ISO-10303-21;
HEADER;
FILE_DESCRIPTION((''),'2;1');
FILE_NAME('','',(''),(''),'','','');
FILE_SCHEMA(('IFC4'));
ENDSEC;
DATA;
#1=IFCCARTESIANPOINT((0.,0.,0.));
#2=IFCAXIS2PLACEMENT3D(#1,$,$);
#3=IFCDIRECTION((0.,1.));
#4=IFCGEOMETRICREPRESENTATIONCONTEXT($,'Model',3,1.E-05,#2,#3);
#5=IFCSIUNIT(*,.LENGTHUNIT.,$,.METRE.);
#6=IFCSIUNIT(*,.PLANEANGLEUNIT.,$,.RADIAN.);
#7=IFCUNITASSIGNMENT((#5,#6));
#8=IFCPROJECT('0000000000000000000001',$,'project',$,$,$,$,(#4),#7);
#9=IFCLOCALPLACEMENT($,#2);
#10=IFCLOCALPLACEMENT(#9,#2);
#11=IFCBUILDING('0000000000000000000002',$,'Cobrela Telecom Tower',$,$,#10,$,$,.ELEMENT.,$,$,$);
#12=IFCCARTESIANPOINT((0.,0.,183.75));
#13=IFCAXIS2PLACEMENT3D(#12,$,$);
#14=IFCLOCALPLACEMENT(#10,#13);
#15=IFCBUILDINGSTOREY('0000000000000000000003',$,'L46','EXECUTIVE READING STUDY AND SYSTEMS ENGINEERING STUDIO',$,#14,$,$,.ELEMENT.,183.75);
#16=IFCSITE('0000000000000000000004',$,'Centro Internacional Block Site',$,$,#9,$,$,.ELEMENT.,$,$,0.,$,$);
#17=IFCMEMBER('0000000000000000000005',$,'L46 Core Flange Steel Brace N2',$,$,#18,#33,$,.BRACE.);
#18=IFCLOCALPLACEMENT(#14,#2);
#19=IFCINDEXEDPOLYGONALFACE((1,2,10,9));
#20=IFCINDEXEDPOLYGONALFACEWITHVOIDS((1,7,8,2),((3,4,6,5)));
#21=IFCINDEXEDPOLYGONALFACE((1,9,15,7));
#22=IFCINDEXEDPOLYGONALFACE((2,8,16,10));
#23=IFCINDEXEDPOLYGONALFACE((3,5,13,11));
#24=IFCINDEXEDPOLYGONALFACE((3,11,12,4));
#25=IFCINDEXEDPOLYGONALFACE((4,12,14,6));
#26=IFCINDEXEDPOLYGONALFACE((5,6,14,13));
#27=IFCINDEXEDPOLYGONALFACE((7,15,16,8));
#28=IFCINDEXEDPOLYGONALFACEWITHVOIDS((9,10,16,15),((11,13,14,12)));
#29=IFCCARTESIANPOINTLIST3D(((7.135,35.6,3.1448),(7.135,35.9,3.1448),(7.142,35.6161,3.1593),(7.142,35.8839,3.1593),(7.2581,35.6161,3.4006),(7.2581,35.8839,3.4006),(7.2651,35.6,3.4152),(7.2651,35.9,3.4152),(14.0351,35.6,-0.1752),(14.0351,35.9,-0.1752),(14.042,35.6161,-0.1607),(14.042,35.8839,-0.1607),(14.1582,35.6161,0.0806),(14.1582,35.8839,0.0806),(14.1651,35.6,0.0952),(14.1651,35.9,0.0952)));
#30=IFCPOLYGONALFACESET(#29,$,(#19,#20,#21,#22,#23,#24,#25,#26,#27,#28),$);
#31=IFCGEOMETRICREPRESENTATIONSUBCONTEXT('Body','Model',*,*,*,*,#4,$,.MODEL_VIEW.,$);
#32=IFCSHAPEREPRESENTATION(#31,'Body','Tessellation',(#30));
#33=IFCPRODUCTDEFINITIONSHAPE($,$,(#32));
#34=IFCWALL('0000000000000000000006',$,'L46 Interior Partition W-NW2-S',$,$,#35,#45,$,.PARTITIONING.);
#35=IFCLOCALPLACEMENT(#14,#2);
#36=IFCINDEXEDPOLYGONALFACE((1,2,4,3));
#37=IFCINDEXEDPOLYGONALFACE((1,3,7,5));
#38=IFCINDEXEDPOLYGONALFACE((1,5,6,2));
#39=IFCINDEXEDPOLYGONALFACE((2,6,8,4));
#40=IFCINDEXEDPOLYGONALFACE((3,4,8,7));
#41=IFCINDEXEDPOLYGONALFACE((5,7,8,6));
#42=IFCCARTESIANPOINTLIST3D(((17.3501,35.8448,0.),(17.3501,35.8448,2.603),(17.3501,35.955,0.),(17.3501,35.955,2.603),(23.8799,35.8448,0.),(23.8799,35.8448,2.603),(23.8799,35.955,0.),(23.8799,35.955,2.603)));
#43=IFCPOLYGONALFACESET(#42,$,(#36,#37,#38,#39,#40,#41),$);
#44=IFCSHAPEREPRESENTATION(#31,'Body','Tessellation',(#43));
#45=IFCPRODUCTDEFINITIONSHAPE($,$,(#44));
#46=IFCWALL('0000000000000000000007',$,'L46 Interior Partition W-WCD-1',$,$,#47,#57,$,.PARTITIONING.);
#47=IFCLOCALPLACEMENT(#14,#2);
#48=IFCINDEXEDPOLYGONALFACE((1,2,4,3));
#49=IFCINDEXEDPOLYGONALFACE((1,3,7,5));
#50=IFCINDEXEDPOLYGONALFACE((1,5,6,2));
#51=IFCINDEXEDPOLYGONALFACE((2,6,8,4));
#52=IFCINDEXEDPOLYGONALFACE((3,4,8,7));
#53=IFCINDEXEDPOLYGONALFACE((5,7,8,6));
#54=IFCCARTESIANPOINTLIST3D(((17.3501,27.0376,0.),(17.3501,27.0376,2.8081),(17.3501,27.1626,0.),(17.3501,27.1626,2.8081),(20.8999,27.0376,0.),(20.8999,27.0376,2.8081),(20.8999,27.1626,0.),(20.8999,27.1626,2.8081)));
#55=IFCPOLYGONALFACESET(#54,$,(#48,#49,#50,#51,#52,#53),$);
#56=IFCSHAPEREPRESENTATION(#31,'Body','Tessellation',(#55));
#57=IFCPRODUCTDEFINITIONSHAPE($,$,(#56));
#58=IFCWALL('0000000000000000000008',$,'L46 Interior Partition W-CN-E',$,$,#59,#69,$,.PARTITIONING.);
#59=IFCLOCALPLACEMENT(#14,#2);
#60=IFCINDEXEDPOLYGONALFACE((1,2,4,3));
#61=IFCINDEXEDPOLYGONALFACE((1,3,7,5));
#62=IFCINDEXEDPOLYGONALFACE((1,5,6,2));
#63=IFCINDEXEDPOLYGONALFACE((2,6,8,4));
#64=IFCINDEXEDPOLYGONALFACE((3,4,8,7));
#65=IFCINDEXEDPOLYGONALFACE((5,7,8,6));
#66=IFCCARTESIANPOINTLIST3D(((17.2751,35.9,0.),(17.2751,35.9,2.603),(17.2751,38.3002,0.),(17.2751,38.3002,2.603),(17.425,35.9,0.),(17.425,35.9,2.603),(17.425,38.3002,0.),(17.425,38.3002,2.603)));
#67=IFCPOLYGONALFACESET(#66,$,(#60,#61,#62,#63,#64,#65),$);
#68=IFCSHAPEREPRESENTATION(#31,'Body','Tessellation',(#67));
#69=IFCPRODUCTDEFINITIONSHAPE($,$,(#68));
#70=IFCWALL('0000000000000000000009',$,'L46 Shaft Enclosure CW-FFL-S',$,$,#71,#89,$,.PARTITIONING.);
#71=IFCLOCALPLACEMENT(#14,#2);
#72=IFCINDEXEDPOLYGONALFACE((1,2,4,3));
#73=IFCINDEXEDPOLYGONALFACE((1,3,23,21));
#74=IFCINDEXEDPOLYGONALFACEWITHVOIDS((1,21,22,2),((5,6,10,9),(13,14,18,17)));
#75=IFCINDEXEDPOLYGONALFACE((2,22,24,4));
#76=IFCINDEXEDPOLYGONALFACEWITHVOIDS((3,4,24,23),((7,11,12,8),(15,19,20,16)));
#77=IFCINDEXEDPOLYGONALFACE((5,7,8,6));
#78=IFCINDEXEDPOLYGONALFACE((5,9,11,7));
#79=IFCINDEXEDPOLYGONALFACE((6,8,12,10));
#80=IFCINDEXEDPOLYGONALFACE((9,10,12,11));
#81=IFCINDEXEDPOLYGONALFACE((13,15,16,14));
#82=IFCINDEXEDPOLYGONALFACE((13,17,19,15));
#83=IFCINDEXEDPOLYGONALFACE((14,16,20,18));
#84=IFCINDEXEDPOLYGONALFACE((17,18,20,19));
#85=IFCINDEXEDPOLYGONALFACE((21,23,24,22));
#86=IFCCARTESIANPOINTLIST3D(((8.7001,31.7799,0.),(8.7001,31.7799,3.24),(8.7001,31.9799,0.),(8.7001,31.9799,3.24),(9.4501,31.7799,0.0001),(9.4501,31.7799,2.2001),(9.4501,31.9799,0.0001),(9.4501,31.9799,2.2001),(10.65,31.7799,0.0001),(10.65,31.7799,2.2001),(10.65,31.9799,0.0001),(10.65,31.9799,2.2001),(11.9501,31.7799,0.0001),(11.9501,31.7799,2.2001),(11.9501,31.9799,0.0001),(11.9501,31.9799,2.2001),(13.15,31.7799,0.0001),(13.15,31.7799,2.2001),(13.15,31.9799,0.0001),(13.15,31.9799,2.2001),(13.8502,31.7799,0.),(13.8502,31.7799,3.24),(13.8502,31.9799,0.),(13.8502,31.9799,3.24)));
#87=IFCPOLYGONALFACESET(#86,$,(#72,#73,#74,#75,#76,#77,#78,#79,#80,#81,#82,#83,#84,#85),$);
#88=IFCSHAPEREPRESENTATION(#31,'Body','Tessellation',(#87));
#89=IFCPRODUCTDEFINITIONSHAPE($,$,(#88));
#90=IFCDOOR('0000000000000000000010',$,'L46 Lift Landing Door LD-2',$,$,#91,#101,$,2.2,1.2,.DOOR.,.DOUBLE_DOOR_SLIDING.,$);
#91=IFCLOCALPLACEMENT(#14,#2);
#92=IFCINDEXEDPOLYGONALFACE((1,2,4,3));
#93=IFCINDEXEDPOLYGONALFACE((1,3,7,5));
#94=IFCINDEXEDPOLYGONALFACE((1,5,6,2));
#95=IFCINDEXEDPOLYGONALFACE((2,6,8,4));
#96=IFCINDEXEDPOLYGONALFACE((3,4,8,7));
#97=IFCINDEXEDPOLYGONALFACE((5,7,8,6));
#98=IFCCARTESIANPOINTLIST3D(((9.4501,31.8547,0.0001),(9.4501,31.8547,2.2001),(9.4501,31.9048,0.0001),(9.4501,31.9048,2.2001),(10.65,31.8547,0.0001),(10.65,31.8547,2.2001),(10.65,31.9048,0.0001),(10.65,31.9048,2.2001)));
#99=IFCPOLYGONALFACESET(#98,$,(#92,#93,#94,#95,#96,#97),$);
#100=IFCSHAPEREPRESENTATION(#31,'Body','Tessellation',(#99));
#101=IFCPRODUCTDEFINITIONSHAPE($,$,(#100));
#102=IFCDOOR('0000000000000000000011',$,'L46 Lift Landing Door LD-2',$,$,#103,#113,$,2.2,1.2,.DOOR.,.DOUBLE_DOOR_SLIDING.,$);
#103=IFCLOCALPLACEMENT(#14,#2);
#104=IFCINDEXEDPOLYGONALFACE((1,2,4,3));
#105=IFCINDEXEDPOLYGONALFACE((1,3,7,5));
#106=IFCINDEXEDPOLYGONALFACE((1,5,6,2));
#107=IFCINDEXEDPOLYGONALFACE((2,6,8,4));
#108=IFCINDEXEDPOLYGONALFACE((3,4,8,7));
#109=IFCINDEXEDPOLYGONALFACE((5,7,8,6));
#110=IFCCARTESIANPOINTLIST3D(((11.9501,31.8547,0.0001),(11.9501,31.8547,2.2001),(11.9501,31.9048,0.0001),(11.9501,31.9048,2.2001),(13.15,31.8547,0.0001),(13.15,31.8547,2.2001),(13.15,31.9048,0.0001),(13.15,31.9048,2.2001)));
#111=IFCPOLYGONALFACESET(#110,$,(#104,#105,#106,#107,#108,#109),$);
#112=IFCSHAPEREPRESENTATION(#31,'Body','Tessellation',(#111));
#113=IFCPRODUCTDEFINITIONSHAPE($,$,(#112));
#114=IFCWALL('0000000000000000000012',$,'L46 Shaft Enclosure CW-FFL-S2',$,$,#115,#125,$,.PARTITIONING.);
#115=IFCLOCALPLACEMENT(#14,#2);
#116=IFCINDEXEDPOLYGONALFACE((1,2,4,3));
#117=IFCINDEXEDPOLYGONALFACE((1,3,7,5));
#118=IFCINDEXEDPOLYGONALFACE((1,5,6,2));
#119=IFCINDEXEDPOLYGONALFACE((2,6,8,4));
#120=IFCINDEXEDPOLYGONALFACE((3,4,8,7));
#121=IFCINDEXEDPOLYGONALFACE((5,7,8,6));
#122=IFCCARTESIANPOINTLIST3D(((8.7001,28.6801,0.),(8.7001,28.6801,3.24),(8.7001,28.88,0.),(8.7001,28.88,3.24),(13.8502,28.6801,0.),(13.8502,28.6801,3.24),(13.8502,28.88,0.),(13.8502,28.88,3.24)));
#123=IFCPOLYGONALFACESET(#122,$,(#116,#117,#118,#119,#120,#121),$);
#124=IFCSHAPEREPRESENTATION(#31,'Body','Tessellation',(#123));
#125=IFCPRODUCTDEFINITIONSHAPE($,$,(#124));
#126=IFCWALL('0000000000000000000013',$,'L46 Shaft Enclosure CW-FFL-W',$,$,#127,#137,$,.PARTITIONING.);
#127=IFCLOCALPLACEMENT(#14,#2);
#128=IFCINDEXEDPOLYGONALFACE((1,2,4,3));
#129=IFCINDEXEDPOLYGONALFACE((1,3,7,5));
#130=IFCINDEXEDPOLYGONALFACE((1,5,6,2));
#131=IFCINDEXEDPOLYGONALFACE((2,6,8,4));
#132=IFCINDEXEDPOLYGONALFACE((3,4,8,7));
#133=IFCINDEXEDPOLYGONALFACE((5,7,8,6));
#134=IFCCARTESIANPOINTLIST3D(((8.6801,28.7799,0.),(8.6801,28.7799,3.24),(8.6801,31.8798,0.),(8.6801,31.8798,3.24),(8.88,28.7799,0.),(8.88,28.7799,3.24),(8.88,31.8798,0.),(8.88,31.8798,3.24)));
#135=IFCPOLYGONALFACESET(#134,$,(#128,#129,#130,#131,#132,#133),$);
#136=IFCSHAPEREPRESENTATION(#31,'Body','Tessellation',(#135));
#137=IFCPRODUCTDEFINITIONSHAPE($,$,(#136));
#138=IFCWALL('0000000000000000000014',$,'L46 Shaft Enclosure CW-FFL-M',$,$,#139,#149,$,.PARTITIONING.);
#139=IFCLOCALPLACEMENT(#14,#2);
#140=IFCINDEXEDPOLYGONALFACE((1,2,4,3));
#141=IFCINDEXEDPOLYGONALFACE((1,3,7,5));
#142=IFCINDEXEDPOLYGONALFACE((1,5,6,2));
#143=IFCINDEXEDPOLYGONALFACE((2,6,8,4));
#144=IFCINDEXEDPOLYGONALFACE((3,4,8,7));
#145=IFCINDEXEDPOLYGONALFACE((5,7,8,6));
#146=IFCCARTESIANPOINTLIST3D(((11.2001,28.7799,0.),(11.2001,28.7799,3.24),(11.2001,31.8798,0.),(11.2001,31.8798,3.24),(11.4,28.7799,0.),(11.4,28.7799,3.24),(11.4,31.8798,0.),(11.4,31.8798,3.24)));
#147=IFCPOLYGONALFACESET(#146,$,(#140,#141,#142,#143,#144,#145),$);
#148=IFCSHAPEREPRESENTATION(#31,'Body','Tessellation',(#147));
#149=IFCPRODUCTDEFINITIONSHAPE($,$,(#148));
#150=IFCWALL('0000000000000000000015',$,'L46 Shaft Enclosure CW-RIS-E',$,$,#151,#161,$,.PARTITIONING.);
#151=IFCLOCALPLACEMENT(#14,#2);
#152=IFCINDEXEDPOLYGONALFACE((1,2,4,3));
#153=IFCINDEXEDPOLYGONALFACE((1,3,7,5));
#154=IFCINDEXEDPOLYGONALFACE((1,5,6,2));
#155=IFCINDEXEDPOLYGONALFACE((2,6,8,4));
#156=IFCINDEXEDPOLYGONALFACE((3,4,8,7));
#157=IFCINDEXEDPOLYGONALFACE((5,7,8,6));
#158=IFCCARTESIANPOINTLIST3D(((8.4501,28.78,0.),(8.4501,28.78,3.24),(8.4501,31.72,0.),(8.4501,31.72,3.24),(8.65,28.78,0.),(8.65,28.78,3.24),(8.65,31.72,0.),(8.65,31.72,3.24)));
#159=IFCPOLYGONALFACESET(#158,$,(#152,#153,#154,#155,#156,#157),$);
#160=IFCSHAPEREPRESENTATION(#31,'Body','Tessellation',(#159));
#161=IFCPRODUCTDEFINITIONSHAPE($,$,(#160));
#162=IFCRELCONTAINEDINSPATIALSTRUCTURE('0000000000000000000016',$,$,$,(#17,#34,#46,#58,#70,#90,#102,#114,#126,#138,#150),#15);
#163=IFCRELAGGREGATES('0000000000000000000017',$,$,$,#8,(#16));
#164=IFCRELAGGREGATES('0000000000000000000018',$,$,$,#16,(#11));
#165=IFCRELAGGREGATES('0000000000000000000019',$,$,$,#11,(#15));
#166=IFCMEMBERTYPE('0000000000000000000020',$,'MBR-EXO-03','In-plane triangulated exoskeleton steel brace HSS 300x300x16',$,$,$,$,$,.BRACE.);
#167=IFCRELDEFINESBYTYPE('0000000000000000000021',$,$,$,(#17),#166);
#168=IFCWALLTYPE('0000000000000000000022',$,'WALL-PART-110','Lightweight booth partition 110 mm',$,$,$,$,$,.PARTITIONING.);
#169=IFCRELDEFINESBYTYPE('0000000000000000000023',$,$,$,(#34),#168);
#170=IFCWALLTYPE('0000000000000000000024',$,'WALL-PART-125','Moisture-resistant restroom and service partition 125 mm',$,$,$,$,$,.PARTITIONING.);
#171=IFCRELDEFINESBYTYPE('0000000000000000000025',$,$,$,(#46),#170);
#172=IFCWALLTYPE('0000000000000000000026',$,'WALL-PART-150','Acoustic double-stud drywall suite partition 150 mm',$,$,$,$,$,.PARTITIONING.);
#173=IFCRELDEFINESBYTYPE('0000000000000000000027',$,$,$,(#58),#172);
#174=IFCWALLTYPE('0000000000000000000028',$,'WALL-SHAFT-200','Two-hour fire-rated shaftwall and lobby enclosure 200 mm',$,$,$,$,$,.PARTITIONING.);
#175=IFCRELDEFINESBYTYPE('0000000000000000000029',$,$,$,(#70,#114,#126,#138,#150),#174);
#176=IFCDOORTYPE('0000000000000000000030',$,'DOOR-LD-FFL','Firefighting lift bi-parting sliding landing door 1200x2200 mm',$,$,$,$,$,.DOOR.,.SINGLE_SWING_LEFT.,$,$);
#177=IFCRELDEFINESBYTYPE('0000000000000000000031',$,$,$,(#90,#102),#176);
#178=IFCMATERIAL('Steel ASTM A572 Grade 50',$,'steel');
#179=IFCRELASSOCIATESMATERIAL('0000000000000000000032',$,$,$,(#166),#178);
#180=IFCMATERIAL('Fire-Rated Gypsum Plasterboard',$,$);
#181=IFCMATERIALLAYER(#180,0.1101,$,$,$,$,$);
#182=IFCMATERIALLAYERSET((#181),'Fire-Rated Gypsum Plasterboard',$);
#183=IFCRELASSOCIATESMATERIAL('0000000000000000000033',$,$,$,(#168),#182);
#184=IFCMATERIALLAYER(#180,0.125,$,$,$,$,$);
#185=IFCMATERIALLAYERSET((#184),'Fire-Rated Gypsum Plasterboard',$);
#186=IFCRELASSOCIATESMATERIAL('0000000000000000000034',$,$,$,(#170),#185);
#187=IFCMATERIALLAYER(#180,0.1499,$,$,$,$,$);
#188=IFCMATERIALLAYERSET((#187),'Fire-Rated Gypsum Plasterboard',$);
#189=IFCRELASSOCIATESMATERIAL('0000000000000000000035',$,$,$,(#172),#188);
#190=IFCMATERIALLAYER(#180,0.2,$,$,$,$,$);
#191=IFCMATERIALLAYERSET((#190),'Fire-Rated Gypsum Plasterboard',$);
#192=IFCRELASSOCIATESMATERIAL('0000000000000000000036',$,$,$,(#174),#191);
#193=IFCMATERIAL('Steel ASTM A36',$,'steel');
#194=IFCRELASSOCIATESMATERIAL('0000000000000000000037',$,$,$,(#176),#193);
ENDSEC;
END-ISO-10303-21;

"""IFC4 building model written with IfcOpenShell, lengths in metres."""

from ifc_helpers import new_model, si_unit, direction, frame, frame_2d, origin, origin_2d, place, context, subcontext, project, spatial, rectangle, hollow_rectangle, extrude, material, layer, layer_set, material_profile, profile_set, type_object, element, fill, save


model = new_model("IFC4")

# Units and contexts
model_context = context("Model", 3, precision=1e-05, world=origin(), true_north=direction((0.0, 1.0)))
body_context = subcontext(model_context, "Body", "Model", "MODEL_VIEW")
ifc_project = project(units=[si_unit("LENGTHUNIT", "METRE"), si_unit("PLANEANGLEUNIT", "RADIAN")], contexts=[model_context])

# Site, building, storey
site_placement = place(None, origin())
site = spatial("IfcSite", under=ifc_project, at=site_placement, Name="Centro Internacional Block Site", CompositionType="ELEMENT", RefElevation=0.0)
building_placement = place(site_placement, origin())
building = spatial("IfcBuilding", under=site, at=building_placement, Name="Cobrela Telecom Tower", CompositionType="ELEMENT")
storey_placement = place(building_placement, frame((0.0, 0.0, 183.75)))
storey = spatial("IfcBuildingStorey", under=building, at=storey_placement, Name="L46", Description="EXECUTIVE READING STUDY AND SYSTEMS ENGINEERING STUDIO", CompositionType="ELEMENT", Elevation=183.75)

# Member
ifc_material_1 = material(Name="Steel ASTM A572 Grade 50", Category="steel")
ifc_material_profile_1 = material_profile(ifc_material_1, hollow_rectangle(XDim=0.3, YDim=0.3, WallThickness=0.0161, at=origin_2d()), Name="HSS 300x300x16")
ifc_profile_set_1 = profile_set([ifc_material_profile_1], Name="Steel ASTM A572 Grade 50")
member_type = type_object("IfcMemberType", Name="MBR-EXO-03", Description="In-plane triangulated exoskeleton steel brace HSS 300x300x16", PredefinedType="BRACE", material=ifc_profile_set_1)
member_1_placement = place(storey_placement, frame((14.1001, 35.75, -0.04), z_axis=(-0.901115, 0.0, 0.43358), x_axis=(0.0, -1.0, 0.0)))
element("IfcMember", 1, at=member_1_placement, inside=storey, type_object=member_type, Name="L46 Core Flange Steel Brace N2", PredefinedType="BRACE", context=body_context, shape_type="SweptSolid", body=[
    extrude(hollow_rectangle(XDim=0.3, YDim=0.3, WallThickness=0.0161, at=origin_2d()), origin(), (0.0, 0.0, 1.0), 7.6572),
])

# Shared definitions
ifc_material_2 = material(Name="Steel ASTM A36", Category="steel")

# Walls
ifc_material_3 = material(Name="Fire-Rated Gypsum Plasterboard")
ifc_layer_1 = layer(ifc_material_3, 0.1101)
ifc_layer_set_1 = layer_set([ifc_layer_1], Name="Fire-Rated Gypsum Plasterboard")
wall_type_1 = type_object("IfcWallType", Name="WALL-PART-110", Description="Lightweight booth partition 110 mm", PredefinedType="PARTITIONING", material=ifc_layer_set_1)
wall_1_placement = place(storey_placement, frame((17.3501, 35.8999, 0.0), z_axis=(0.0, 0.0, 1.0), x_axis=(1.0, 0.0, 0.0)))
element("IfcWall", 2, at=wall_1_placement, inside=storey, type_object=wall_type_1, Name="L46 Interior Partition W-NW2-S", PredefinedType="PARTITIONING", context=body_context, shape_type="SweptSolid", body=[
    extrude(rectangle(XDim=6.5298, YDim=0.1101, at=frame_2d((3.2649, 0.0))), origin(), (0.0, 0.0, 1.0), 2.603),
])
ifc_layer_2 = layer(ifc_material_3, 0.125)
ifc_layer_set_2 = layer_set([ifc_layer_2], Name="Fire-Rated Gypsum Plasterboard")
wall_type_2 = type_object("IfcWallType", Name="WALL-PART-125", Description="Moisture-resistant restroom and service partition 125 mm", PredefinedType="PARTITIONING", material=ifc_layer_set_2)
wall_2_placement = place(storey_placement, frame((17.3501, 27.1001, 0.0), z_axis=(0.0, 0.0, 1.0), x_axis=(1.0, 0.0, 0.0)))
element("IfcWall", 3, at=wall_2_placement, inside=storey, type_object=wall_type_2, Name="L46 Interior Partition W-WCD-1", PredefinedType="PARTITIONING", context=body_context, shape_type="SweptSolid", body=[
    extrude(rectangle(XDim=3.5498, YDim=0.125, at=frame_2d((1.7749, 0.0))), origin(), (0.0, 0.0, 1.0), 2.8081),
])
ifc_layer_3 = layer(ifc_material_3, 0.1499)
ifc_layer_set_3 = layer_set([ifc_layer_3], Name="Fire-Rated Gypsum Plasterboard")
wall_type_3 = type_object("IfcWallType", Name="WALL-PART-150", Description="Acoustic double-stud drywall suite partition 150 mm", PredefinedType="PARTITIONING", material=ifc_layer_set_3)
wall_3_placement = place(storey_placement, frame((17.3501, 35.8999, 0.0), z_axis=(0.0, 0.0, 1.0), x_axis=(0.0, 1.0, 0.0)))
element("IfcWall", 4, at=wall_3_placement, inside=storey, type_object=wall_type_3, Name="L46 Interior Partition W-CN-E", PredefinedType="PARTITIONING", context=body_context, shape_type="SweptSolid", body=[
    extrude(rectangle(XDim=2.4001, YDim=0.1499, at=frame_2d((1.2002, 0.0))), origin(), (0.0, 0.0, 1.0), 2.603),
])

# Wall, openings, doors
ifc_layer_4 = layer(ifc_material_3, 0.2)
ifc_layer_set_4 = layer_set([ifc_layer_4], Name="Fire-Rated Gypsum Plasterboard")
wall_type_4 = type_object("IfcWallType", Name="WALL-SHAFT-200", Description="Two-hour fire-rated shaftwall and lobby enclosure 200 mm", PredefinedType="PARTITIONING", material=ifc_layer_set_4)
wall_4_placement = place(storey_placement, frame((8.7, 31.8799, 0.0), z_axis=(0.0, 0.0, 1.0), x_axis=(1.0, 0.0, 0.0)))
wall_4 = element("IfcWall", 5, at=wall_4_placement, inside=storey, type_object=wall_type_4, Name="L46 Shaft Enclosure CW-FFL-S", PredefinedType="PARTITIONING", context=body_context, shape_type="SweptSolid", body=[
    extrude(rectangle(XDim=5.1501, YDim=0.2, at=frame_2d((2.5752, 0.0))), origin(), (0.0, 0.0, 1.0), 3.24),
])
opening_1_placement = place(wall_4_placement, frame((0.75, 0.0, 0.0)))
opening_1 = element("IfcOpeningElement", 6, at=opening_1_placement, cuts=wall_4, PredefinedType="OPENING", context=body_context, shape_type="SweptSolid", body=[
    extrude(rectangle(XDim=1.2, YDim=2.2, at=frame_2d((0.6001, 1.1001))), frame((0.0, 0.1118, 0.0), z_axis=(0.0, -1.0, 0.0), x_axis=(1.0, 0.0, 0.0)), (0.0, 0.0, 1.0), 0.2239),
])
opening_2_placement = place(wall_4_placement, frame((3.25, 0.0, 0.0)))
opening_2 = element("IfcOpeningElement", 7, at=opening_2_placement, cuts=wall_4, PredefinedType="OPENING", context=body_context, shape_type="SweptSolid", body=[
    extrude(rectangle(XDim=1.2, YDim=2.2, at=frame_2d((0.6001, 1.1001))), frame((0.0, 0.1118, 0.0), z_axis=(0.0, -1.0, 0.0), x_axis=(1.0, 0.0, 0.0)), (0.0, 0.0, 1.0), 0.2239),
])
door_type_1 = type_object("IfcDoorType", Name="DOOR-LD-FFL", Description="Firefighting lift bi-parting sliding landing door 1200x2200 mm", OperationType="SINGLE_SWING_LEFT", PredefinedType="DOOR", material=ifc_material_2)
door_1_placement = place(opening_1_placement, origin())
door_1 = element("IfcDoor", 8, at=door_1_placement, inside=storey, type_object=door_type_1, Name="L46 Lift Landing Door LD-2", OperationType="DOUBLE_DOOR_SLIDING", OverallHeight=2.2, OverallWidth=1.2, PredefinedType="DOOR", context=body_context, shape_type="SweptSolid", body=[
    extrude(rectangle(XDim=1.2, YDim=2.2, at=frame_2d((0.6001, 1.1001))), frame((0.0, 0.0249, 0.0), z_axis=(0.0, -1.0, 0.0), x_axis=(1.0, 0.0, 0.0)), (0.0, 0.0, 1.0), 0.05),
])
fill(opening_1, door_1)
door_2_placement = place(opening_2_placement, origin())
door_2 = element("IfcDoor", 9, at=door_2_placement, inside=storey, type_object=door_type_1, Name="L46 Lift Landing Door LD-2", OperationType="DOUBLE_DOOR_SLIDING", OverallHeight=2.2, OverallWidth=1.2, PredefinedType="DOOR", context=body_context, shape_type="SweptSolid", body=[
    extrude(rectangle(XDim=1.2, YDim=2.2, at=frame_2d((0.6001, 1.1001))), frame((0.0, 0.0249, 0.0), z_axis=(0.0, -1.0, 0.0), x_axis=(1.0, 0.0, 0.0)), (0.0, 0.0, 1.0), 0.05),
])
fill(opening_2, door_2)

# Walls
wall_5_placement = place(storey_placement, frame((8.7, 28.78, 0.0), z_axis=(0.0, 0.0, 1.0), x_axis=(1.0, 0.0, 0.0)))
element("IfcWall", 10, at=wall_5_placement, inside=storey, type_object=wall_type_4, Name="L46 Shaft Enclosure CW-FFL-S2", PredefinedType="PARTITIONING", context=body_context, shape_type="SweptSolid", body=[
    extrude(rectangle(XDim=5.1501, YDim=0.2, at=frame_2d((2.5752, 0.0))), origin(), (0.0, 0.0, 1.0), 3.24),
])
for number, where, z_axis, x_axis, name in (
    (11, (8.78, 28.78, 0.0), (0.0, 0.0, 1.0), (0.0, 1.0, 0.0), "L46 Shaft Enclosure CW-FFL-W"),
    (12, (11.3, 28.78, 0.0), (0.0, 0.0, 1.0), (0.0, 1.0, 0.0), "L46 Shaft Enclosure CW-FFL-M"),
):
    element("IfcWall", number, at=place(storey_placement, frame(where, z_axis=z_axis, x_axis=x_axis)), inside=storey, type_object=wall_type_4, Name=name, PredefinedType="PARTITIONING", context=body_context, shape_type="SweptSolid", body=[
        extrude(rectangle(XDim=3.0999, YDim=0.2, at=frame_2d((1.5498, 0.0))), origin(), (0.0, 0.0, 1.0), 3.24),
    ])
wall_6_placement = place(storey_placement, frame((8.55, 28.78, 0.0), z_axis=(0.0, 0.0, 1.0), x_axis=(0.0, 1.0, 0.0)))
element("IfcWall", 13, at=wall_6_placement, inside=storey, type_object=wall_type_4, Name="L46 Shaft Enclosure CW-RIS-E", PredefinedType="PARTITIONING", context=body_context, shape_type="SweptSolid", body=[
    extrude(rectangle(XDim=2.9399, YDim=0.2, at=frame_2d((1.47, 0.0))), origin(), (0.0, 0.0, 1.0), 3.24),
])

save(model, "model.ifc")
